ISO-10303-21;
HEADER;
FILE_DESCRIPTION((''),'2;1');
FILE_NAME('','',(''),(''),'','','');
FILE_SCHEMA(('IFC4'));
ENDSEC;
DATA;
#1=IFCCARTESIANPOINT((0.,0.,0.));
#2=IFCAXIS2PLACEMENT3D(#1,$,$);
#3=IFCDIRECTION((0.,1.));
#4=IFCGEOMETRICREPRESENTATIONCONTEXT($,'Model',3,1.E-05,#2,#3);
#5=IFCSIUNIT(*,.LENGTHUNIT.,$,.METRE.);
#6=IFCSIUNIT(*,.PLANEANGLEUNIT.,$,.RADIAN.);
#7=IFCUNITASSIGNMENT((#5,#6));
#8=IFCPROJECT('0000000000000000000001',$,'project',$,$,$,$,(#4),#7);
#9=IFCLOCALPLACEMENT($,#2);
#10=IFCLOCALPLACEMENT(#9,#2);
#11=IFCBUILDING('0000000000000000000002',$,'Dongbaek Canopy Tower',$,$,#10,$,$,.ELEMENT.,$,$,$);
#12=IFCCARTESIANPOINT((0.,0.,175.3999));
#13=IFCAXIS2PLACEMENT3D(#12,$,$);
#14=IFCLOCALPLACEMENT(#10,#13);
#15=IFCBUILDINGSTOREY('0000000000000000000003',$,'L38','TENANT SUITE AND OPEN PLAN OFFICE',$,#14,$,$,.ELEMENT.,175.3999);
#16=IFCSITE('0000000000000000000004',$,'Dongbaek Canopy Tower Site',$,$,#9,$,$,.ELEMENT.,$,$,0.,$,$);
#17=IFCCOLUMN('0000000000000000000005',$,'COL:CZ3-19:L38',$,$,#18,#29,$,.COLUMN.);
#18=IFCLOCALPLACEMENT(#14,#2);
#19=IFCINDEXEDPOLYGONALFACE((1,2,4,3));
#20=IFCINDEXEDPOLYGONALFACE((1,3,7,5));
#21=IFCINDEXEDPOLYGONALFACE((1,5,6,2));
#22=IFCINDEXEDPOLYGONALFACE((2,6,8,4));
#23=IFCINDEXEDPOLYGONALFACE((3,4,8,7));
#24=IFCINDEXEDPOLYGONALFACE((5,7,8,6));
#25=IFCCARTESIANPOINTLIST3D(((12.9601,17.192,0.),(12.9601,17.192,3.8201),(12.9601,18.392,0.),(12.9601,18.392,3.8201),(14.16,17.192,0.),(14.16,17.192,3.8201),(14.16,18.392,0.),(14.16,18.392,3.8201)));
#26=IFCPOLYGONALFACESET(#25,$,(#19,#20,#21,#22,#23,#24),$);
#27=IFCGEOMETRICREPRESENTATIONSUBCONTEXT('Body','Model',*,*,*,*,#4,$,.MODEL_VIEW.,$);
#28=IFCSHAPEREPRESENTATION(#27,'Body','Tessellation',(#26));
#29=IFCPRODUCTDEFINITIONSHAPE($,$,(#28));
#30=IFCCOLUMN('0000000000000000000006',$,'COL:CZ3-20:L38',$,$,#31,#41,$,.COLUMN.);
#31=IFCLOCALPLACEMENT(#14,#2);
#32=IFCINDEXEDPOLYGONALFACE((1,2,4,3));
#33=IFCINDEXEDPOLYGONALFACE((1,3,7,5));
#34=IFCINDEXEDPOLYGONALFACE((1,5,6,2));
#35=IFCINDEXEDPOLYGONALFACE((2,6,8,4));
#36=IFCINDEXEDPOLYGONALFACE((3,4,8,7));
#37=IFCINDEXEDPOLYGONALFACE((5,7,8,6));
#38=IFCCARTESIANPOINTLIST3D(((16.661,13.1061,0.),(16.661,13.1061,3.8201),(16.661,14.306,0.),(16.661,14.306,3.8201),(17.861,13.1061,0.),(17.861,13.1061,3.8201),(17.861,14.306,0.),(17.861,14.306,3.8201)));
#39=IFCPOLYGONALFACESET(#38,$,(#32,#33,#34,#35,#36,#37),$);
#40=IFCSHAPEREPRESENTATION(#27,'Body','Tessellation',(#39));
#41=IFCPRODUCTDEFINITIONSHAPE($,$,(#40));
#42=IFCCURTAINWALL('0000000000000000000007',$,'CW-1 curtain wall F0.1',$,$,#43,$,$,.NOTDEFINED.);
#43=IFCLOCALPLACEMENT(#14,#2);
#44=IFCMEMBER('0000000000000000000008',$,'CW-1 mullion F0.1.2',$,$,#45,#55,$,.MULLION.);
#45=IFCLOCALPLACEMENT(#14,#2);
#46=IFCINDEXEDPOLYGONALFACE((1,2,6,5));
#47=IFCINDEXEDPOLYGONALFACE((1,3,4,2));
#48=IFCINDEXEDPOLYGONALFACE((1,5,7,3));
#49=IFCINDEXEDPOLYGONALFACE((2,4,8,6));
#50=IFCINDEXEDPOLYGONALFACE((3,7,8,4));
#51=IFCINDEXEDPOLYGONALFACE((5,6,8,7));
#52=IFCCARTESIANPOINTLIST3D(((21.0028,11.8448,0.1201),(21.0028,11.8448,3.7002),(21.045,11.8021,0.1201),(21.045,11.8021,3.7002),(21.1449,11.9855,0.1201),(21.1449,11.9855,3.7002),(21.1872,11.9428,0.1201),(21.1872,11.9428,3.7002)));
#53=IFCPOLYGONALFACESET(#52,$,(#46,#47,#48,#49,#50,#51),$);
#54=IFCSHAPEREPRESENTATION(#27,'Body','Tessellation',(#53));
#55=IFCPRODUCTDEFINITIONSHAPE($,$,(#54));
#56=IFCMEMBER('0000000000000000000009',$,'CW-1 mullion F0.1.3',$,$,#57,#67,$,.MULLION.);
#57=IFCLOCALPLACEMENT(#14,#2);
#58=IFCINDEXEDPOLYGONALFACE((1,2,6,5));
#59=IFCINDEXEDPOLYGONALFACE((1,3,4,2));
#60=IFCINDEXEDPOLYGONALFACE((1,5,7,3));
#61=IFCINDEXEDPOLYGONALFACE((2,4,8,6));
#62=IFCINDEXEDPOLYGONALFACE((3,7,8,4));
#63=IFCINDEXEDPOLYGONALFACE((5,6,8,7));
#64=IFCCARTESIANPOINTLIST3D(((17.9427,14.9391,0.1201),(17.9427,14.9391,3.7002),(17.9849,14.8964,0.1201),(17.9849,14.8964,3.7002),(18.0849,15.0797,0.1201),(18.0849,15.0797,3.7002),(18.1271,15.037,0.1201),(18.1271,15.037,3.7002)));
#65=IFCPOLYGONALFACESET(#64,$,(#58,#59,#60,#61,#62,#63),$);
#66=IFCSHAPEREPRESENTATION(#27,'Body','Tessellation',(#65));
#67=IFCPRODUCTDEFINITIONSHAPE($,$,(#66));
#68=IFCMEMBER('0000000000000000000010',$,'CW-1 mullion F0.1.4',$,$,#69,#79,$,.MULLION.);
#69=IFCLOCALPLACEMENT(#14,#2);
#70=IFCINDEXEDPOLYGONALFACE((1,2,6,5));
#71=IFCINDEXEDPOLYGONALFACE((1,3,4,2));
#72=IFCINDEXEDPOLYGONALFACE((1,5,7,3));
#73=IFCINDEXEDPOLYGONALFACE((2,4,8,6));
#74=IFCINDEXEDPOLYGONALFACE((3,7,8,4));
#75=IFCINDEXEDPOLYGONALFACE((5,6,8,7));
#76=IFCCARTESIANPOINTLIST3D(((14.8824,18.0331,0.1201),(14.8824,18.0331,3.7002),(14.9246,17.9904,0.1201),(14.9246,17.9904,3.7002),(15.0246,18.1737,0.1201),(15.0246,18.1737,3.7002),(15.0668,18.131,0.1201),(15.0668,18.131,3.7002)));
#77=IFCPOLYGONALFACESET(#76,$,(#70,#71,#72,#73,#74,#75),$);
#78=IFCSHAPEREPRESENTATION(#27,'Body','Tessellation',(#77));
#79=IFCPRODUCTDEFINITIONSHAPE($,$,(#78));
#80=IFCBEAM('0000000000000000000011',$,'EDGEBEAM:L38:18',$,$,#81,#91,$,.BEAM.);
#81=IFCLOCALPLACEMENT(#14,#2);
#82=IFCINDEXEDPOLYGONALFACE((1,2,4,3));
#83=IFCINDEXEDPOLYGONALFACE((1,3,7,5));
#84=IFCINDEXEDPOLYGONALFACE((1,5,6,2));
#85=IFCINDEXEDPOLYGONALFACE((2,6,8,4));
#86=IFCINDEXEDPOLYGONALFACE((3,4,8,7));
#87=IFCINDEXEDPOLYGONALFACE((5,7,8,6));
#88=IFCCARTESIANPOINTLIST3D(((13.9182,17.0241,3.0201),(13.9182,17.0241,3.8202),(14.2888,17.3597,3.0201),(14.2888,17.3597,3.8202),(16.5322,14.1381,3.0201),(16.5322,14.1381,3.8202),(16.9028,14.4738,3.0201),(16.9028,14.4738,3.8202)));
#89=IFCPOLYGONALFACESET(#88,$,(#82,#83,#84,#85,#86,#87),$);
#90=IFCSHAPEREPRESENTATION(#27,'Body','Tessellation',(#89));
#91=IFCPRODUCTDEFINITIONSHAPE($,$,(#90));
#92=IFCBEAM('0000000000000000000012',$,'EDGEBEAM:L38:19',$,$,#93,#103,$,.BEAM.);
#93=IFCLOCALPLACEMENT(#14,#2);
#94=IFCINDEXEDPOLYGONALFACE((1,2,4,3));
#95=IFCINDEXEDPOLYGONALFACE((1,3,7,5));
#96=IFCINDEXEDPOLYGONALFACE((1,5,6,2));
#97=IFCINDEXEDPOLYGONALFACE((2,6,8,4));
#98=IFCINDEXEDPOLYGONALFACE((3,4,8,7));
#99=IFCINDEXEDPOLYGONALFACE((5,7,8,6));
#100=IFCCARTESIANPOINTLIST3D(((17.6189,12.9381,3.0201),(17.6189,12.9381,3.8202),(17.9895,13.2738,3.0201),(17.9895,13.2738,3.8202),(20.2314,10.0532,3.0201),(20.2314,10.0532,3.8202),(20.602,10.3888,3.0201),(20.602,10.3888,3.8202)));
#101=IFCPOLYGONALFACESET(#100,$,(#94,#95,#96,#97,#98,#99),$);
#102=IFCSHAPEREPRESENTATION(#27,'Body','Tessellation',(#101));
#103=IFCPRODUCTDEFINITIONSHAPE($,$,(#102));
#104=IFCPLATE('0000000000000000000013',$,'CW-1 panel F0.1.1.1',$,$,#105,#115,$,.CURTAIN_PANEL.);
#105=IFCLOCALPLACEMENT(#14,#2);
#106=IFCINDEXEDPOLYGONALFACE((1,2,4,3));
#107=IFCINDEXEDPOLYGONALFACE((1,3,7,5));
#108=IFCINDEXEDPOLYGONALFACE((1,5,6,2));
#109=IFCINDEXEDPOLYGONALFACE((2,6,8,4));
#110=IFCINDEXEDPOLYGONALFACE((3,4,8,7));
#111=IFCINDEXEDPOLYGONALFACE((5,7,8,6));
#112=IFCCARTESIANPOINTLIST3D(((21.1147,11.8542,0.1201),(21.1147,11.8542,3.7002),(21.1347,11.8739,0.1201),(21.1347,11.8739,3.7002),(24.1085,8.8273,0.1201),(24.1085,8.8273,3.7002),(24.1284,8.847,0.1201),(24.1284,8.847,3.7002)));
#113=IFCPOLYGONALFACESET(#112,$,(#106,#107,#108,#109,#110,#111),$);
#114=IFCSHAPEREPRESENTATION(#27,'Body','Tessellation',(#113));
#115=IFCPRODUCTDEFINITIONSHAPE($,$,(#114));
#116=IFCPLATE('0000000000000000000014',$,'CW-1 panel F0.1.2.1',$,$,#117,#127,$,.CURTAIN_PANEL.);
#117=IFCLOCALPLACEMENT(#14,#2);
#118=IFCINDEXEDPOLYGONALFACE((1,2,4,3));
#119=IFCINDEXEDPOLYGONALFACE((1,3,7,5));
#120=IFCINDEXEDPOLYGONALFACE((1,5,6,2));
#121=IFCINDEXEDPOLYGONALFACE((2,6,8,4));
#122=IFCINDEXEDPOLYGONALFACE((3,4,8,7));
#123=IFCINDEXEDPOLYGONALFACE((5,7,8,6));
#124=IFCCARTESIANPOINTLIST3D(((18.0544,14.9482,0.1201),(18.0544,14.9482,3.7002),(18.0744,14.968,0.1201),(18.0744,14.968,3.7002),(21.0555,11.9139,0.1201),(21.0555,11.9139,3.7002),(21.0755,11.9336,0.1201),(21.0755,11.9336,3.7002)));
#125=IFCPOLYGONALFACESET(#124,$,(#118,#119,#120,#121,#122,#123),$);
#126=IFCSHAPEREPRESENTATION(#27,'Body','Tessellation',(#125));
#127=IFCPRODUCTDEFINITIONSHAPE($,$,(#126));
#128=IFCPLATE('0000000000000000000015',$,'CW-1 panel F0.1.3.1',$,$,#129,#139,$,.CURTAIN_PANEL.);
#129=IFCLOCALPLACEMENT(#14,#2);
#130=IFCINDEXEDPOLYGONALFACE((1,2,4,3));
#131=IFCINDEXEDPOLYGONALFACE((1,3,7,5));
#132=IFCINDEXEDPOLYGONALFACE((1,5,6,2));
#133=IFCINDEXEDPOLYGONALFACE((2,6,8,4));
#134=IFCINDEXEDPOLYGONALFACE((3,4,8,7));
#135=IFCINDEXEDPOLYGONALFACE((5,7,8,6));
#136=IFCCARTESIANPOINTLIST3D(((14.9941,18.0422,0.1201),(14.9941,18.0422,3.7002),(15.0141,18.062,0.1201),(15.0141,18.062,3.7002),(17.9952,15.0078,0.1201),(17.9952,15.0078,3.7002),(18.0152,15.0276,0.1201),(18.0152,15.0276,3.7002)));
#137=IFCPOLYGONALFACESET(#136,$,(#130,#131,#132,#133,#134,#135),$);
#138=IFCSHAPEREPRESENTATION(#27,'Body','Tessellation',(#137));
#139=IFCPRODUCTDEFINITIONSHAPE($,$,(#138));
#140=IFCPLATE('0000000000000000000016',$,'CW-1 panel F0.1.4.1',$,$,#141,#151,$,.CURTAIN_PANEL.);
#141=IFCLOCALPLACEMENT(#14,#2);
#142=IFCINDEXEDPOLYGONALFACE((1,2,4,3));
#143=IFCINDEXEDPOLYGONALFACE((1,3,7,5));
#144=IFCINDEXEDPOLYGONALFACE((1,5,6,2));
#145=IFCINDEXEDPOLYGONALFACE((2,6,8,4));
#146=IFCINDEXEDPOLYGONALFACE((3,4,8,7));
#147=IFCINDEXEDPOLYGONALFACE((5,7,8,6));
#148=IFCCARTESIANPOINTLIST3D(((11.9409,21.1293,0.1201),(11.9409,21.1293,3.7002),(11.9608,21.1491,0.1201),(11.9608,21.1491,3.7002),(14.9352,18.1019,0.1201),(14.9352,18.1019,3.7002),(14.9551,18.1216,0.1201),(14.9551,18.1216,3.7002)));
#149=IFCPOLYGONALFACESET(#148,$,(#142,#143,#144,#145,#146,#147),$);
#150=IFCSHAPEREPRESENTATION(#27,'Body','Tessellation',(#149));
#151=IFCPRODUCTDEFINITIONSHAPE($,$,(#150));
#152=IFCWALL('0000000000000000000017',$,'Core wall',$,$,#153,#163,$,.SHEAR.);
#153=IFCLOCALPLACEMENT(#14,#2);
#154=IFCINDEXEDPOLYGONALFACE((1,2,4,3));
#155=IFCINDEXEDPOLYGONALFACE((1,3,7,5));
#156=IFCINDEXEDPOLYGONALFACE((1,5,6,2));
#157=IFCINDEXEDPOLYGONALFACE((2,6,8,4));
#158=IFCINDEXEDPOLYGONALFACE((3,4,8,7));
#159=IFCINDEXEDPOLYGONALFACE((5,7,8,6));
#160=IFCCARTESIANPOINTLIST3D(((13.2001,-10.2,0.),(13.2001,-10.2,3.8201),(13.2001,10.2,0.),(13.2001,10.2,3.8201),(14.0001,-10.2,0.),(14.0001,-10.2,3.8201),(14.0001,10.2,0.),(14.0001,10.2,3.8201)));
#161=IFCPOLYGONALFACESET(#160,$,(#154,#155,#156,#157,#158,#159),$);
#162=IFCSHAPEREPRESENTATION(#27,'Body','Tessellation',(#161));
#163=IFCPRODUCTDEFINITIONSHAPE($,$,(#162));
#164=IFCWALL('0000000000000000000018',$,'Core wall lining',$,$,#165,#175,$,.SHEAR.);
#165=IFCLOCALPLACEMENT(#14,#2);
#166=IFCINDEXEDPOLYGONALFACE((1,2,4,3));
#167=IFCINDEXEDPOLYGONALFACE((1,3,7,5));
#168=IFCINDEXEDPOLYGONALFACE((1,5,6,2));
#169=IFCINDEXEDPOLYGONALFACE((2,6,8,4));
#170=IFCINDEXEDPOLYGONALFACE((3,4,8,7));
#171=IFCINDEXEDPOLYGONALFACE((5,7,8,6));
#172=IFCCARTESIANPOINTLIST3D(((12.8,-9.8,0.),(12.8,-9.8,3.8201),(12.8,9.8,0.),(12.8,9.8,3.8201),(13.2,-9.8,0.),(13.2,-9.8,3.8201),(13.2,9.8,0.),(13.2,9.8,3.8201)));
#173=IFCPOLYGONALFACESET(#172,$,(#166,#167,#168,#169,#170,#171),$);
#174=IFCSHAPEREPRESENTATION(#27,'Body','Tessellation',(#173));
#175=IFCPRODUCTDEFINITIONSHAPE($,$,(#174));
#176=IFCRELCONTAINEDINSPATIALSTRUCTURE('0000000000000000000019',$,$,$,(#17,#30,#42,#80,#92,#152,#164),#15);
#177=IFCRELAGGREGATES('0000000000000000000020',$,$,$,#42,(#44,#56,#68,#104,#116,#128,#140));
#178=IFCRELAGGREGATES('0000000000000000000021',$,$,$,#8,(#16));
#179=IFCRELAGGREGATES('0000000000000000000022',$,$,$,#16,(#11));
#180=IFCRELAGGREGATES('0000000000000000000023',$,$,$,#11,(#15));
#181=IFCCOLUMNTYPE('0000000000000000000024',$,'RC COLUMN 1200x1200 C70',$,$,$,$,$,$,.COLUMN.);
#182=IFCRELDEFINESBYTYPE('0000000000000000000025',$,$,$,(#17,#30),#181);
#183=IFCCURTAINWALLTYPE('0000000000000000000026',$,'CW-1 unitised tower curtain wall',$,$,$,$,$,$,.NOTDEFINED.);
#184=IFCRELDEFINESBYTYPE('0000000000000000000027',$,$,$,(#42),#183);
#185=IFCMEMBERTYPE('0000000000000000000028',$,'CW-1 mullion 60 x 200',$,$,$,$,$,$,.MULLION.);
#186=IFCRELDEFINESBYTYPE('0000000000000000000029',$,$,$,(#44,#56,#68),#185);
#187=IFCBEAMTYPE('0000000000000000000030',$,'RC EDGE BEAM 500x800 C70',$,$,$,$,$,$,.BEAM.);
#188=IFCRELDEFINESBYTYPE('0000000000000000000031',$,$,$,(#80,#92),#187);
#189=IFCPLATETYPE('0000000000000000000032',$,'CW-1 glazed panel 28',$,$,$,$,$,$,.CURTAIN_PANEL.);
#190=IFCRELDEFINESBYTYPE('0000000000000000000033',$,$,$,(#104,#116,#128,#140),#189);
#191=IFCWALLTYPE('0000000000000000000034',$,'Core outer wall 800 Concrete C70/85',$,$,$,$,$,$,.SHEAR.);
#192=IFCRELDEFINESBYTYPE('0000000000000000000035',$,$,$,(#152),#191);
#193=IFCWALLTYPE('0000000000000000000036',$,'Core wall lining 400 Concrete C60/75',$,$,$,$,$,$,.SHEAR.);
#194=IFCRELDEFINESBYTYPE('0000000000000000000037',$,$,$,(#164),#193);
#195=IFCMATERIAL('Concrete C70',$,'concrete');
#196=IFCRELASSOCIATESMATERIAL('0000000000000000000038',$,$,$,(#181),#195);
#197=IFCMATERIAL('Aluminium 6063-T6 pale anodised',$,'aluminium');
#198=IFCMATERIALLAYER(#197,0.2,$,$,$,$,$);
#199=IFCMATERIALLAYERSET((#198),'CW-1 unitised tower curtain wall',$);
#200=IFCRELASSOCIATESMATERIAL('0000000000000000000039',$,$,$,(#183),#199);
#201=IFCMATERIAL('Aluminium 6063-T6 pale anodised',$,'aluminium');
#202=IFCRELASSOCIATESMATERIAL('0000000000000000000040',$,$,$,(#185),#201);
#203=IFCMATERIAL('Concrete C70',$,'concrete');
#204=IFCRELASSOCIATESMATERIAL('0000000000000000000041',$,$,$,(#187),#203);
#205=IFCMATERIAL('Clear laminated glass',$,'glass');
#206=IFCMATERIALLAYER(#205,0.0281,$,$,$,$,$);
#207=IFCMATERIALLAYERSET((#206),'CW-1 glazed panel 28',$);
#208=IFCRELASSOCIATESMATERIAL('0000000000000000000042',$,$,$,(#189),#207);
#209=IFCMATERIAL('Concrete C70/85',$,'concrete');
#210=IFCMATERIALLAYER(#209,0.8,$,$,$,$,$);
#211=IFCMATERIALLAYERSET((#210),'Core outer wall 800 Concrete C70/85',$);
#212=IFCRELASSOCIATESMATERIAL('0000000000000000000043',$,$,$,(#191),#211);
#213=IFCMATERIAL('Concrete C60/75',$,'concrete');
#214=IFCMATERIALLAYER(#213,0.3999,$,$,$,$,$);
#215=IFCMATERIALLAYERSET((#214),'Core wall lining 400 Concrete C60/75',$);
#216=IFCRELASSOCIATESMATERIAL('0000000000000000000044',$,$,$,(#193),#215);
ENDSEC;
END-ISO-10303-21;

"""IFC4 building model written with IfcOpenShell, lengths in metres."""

from ifc_helpers import new_model, si_unit, direction, frame, frame_2d, origin, origin_2d, place, context, subcontext, project, spatial, rectangle, extrude, material, layer, layer_set, material_profile, profile_set, type_object, element, aggregate, save


model = new_model("IFC4")

# Units and contexts
model_context = context("Model", 3, precision=1e-05, world=origin(), true_north=direction((0.0, 1.0)))
body_context = subcontext(model_context, "Body", "Model", "MODEL_VIEW")
ifc_project = project(units=[si_unit("LENGTHUNIT", "METRE"), si_unit("PLANEANGLEUNIT", "RADIAN")], contexts=[model_context])

# Site, building, storey
site_placement = place(None, origin())
site = spatial("IfcSite", under=ifc_project, at=site_placement, Name="Dongbaek Canopy Tower Site", CompositionType="ELEMENT", RefElevation=0.0)
building_placement = place(site_placement, origin())
building = spatial("IfcBuilding", under=site, at=building_placement, Name="Dongbaek Canopy Tower", CompositionType="ELEMENT")
storey_placement = place(building_placement, frame((0.0, 0.0, 175.3999)))
storey = spatial("IfcBuildingStorey", under=building, at=storey_placement, Name="L38", Description="TENANT SUITE AND OPEN PLAN OFFICE", CompositionType="ELEMENT", Elevation=175.3999)

# Columns
ifc_material_1 = material(Name="Concrete C70", Category="concrete")
ifc_material_profile_1 = material_profile(ifc_material_1, rectangle(XDim=1.2, YDim=1.2, at=origin_2d()), Name="RC COLUMN 1200x1200 C70")
ifc_profile_set_1 = profile_set([ifc_material_profile_1], Name="Concrete C70")
column_type = type_object("IfcColumnType", Name="RC COLUMN 1200x1200 C70", PredefinedType="COLUMN", material=ifc_profile_set_1)
for number, where, z_axis, x_axis, name in (
    (1, (13.5601, 17.792, 0.0), (0.0, 0.0, 1.0), (1.0, 0.0, 0.0), "COL:CZ3-19:L38"),
    (2, (17.261, 13.7061, 0.0), (0.0, 0.0, 1.0), (1.0, 0.0, 0.0), "COL:CZ3-20:L38"),
):
    element("IfcColumn", number, at=place(storey_placement, frame(where, z_axis=z_axis, x_axis=x_axis)), inside=storey, type_object=column_type, Name=name, PredefinedType="COLUMN", context=body_context, shape_type="SweptSolid", body=[
        extrude(rectangle(XDim=1.2, YDim=1.2, at=origin_2d()), origin(), (0.0, 0.0, 1.0), 3.8201),
    ])

# Curtain wall, members
ifc_material_2 = material(Name="Aluminium 6063-T6 pale anodised", Category="aluminium")
ifc_layer_1 = layer(ifc_material_2, 0.2)
ifc_layer_set_1 = layer_set([ifc_layer_1], Name="CW-1 unitised tower curtain wall")
curtain_wall_type = type_object("IfcCurtainWallType", Name="CW-1 unitised tower curtain wall", PredefinedType="NOTDEFINED", material=ifc_layer_set_1)
curtain_wall_placement = place(storey_placement, origin())
curtain_wall = element("IfcCurtainWall", 3, at=curtain_wall_placement, inside=storey, type_object=curtain_wall_type, Name="CW-1 curtain wall F0.1", PredefinedType="NOTDEFINED")
ifc_material_3 = material(Name="Aluminium 6063-T6 pale anodised", Category="aluminium")
ifc_material_profile_2 = material_profile(ifc_material_3, rectangle(XDim=0.2, YDim=0.0601, at=origin_2d()), Name="CW-1 mullion 60 x 200")
ifc_profile_set_2 = profile_set([ifc_material_profile_2], Name="Aluminium 6063-T6 pale anodised")
member_type = type_object("IfcMemberType", Name="CW-1 mullion 60 x 200", PredefinedType="MULLION", material=ifc_profile_set_2)
member_1_placement = place(storey_placement, frame((21.095, 11.8938, 0.1201), z_axis=(0.0, 0.0, 1.0), x_axis=(0.710991, 0.703201, 0.0)))
member_1 = element("IfcMember", 4, at=member_1_placement, type_object=member_type, Name="CW-1 mullion F0.1.2", PredefinedType="MULLION", context=body_context, shape_type="SweptSolid", body=[
    extrude(rectangle(XDim=0.2, YDim=0.0601, at=origin_2d()), origin(), (0.0, 0.0, 1.0), 3.5801),
])
member_2_placement = place(storey_placement, frame((18.0349, 14.988, 0.1201), z_axis=(0.0, 0.0, 1.0), x_axis=(0.710991, 0.703201, 0.0)))
member_2 = element("IfcMember", 5, at=member_2_placement, type_object=member_type, Name="CW-1 mullion F0.1.3", PredefinedType="MULLION", context=body_context, shape_type="SweptSolid", body=[
    extrude(rectangle(XDim=0.2, YDim=0.0601, at=origin_2d()), origin(), (0.0, 0.0, 1.0), 3.5801),
])
member_3_placement = place(storey_placement, frame((14.9746, 18.082, 0.1201), z_axis=(0.0, 0.0, 1.0), x_axis=(0.710991, 0.703201, 0.0)))
member_3 = element("IfcMember", 6, at=member_3_placement, type_object=member_type, Name="CW-1 mullion F0.1.4", PredefinedType="MULLION", context=body_context, shape_type="SweptSolid", body=[
    extrude(rectangle(XDim=0.2, YDim=0.0601, at=origin_2d()), origin(), (0.0, 0.0, 1.0), 3.5801),
])

# Beams
ifc_material_4 = material(Name="Concrete C70", Category="concrete")
ifc_material_profile_3 = material_profile(ifc_material_4, rectangle(XDim=0.5, YDim=0.8, at=origin_2d()), Name="RC EDGE BEAM 500x800 C70")
ifc_profile_set_3 = profile_set([ifc_material_profile_3], Name="Concrete C70")
beam_type = type_object("IfcBeamType", Name="RC EDGE BEAM 500x800 C70", PredefinedType="BEAM", material=ifc_profile_set_3)
beam_1_placement = place(storey_placement, frame((14.1035, 17.1919, 3.4202), z_axis=(0.67132, -0.741167, 0.0), x_axis=(0.741167, 0.67132, 0.0)))
element("IfcBeam", 7, at=beam_1_placement, inside=storey, type_object=beam_type, Name="EDGEBEAM:L38:18", PredefinedType="BEAM", context=body_context, shape_type="SweptSolid", body=[
    extrude(rectangle(XDim=0.5, YDim=0.8, at=origin_2d()), origin(), (0.0, 0.0, 1.0), 3.8938),
])
beam_2_placement = place(storey_placement, frame((17.8042, 13.106, 3.4202), z_axis=(0.671238, -0.741241, 0.0), x_axis=(0.741241, 0.671238, 0.0)))
element("IfcBeam", 8, at=beam_2_placement, inside=storey, type_object=beam_type, Name="EDGEBEAM:L38:19", PredefinedType="BEAM", context=body_context, shape_type="SweptSolid", body=[
    extrude(rectangle(XDim=0.5, YDim=0.8, at=origin_2d()), origin(), (0.0, 0.0, 1.0), 3.8921),
])

# Plates
ifc_material_5 = material(Name="Clear laminated glass", Category="glass")
ifc_layer_2 = layer(ifc_material_5, 0.0281)
ifc_layer_set_2 = layer_set([ifc_layer_2], Name="CW-1 glazed panel 28")
plate_type = type_object("IfcPlateType", Name="CW-1 glazed panel 28", PredefinedType="CURTAIN_PANEL", material=ifc_layer_set_2)
plate_1_placement = place(storey_placement, frame((22.6216, 10.3506, 0.1201), z_axis=(0.0, 0.0, 1.0), x_axis=(-0.703201, 0.710991, 0.0)))
plate_1 = element("IfcPlate", 9, at=plate_1_placement, type_object=plate_type, Name="CW-1 panel F0.1.1.1", PredefinedType="CURTAIN_PANEL", context=body_context, shape_type="SweptSolid", body=[
    extrude(rectangle(XDim=4.2573, YDim=0.0281, at=origin_2d()), origin(), (0.0, 0.0, 1.0), 3.5801),
])
plate_2_placement = place(storey_placement, frame((19.5649, 13.4409, 0.1201), z_axis=(0.0, 0.0, 1.0), x_axis=(-0.703201, 0.710991, 0.0)))
plate_2 = element("IfcPlate", 10, at=plate_2_placement, type_object=plate_type, Name="CW-1 panel F0.1.2.1", PredefinedType="CURTAIN_PANEL", context=body_context, shape_type="SweptSolid", body=[
    extrude(rectangle(XDim=4.2678, YDim=0.0281, at=origin_2d()), origin(), (0.0, 0.0, 1.0), 3.5801),
])
plate_3_placement = place(storey_placement, frame((16.5046, 16.5349, 0.1201), z_axis=(0.0, 0.0, 1.0), x_axis=(-0.703201, 0.710991, 0.0)))
plate_3 = element("IfcPlate", 11, at=plate_3_placement, type_object=plate_type, Name="CW-1 panel F0.1.3.1", PredefinedType="CURTAIN_PANEL", context=body_context, shape_type="SweptSolid", body=[
    extrude(rectangle(XDim=4.2678, YDim=0.0281, at=origin_2d()), origin(), (0.0, 0.0, 1.0), 3.5801),
])
plate_4_placement = place(storey_placement, frame((13.448, 19.6255, 0.1201), z_axis=(0.0, 0.0, 1.0), x_axis=(-0.703201, 0.710991, 0.0)))
plate_4 = element("IfcPlate", 12, at=plate_4_placement, type_object=plate_type, Name="CW-1 panel F0.1.4.1", PredefinedType="CURTAIN_PANEL", context=body_context, shape_type="SweptSolid", body=[
    extrude(rectangle(XDim=4.2581, YDim=0.0281, at=origin_2d()), origin(), (0.0, 0.0, 1.0), 3.5801),
])

# Walls
ifc_material_6 = material(Name="Concrete C70/85", Category="concrete")
ifc_layer_3 = layer(ifc_material_6, 0.8)
ifc_layer_set_3 = layer_set([ifc_layer_3], Name="Core outer wall 800 Concrete C70/85")
wall_type_1 = type_object("IfcWallType", Name="Core outer wall 800 Concrete C70/85", PredefinedType="SHEAR", material=ifc_layer_set_3)
wall_1_placement = place(storey_placement, frame((13.6001, 10.2, 0.0), z_axis=(0.0, 0.0, 1.0), x_axis=(0.0, -1.0, 0.0)))
element("IfcWall", 13, at=wall_1_placement, inside=storey, type_object=wall_type_1, Name="Core wall", PredefinedType="SHEAR", context=body_context, shape_type="SweptSolid", body=[
    extrude(rectangle(XDim=20.3999, YDim=0.8, at=frame_2d((10.2, 0.0))), origin(), (0.0, 0.0, 1.0), 3.8201),
])
ifc_material_7 = material(Name="Concrete C60/75", Category="concrete")
ifc_layer_4 = layer(ifc_material_7, 0.3999)
ifc_layer_set_4 = layer_set([ifc_layer_4], Name="Core wall lining 400 Concrete C60/75")
wall_type_2 = type_object("IfcWallType", Name="Core wall lining 400 Concrete C60/75", PredefinedType="SHEAR", material=ifc_layer_set_4)
wall_2_placement = place(storey_placement, frame((13.0, 9.8, 0.0), z_axis=(0.0, 0.0, 1.0), x_axis=(0.0, -1.0, 0.0)))
element("IfcWall", 14, at=wall_2_placement, inside=storey, type_object=wall_type_2, Name="Core wall lining", PredefinedType="SHEAR", context=body_context, shape_type="SweptSolid", body=[
    extrude(rectangle(XDim=19.6001, YDim=0.3999, at=frame_2d((9.8, 0.0))), origin(), (0.0, 0.0, 1.0), 3.8201),
])

aggregate(curtain_wall, [member_1, member_2, member_3, plate_1, plate_2, plate_3, plate_4])

save(model, "model.ifc")
